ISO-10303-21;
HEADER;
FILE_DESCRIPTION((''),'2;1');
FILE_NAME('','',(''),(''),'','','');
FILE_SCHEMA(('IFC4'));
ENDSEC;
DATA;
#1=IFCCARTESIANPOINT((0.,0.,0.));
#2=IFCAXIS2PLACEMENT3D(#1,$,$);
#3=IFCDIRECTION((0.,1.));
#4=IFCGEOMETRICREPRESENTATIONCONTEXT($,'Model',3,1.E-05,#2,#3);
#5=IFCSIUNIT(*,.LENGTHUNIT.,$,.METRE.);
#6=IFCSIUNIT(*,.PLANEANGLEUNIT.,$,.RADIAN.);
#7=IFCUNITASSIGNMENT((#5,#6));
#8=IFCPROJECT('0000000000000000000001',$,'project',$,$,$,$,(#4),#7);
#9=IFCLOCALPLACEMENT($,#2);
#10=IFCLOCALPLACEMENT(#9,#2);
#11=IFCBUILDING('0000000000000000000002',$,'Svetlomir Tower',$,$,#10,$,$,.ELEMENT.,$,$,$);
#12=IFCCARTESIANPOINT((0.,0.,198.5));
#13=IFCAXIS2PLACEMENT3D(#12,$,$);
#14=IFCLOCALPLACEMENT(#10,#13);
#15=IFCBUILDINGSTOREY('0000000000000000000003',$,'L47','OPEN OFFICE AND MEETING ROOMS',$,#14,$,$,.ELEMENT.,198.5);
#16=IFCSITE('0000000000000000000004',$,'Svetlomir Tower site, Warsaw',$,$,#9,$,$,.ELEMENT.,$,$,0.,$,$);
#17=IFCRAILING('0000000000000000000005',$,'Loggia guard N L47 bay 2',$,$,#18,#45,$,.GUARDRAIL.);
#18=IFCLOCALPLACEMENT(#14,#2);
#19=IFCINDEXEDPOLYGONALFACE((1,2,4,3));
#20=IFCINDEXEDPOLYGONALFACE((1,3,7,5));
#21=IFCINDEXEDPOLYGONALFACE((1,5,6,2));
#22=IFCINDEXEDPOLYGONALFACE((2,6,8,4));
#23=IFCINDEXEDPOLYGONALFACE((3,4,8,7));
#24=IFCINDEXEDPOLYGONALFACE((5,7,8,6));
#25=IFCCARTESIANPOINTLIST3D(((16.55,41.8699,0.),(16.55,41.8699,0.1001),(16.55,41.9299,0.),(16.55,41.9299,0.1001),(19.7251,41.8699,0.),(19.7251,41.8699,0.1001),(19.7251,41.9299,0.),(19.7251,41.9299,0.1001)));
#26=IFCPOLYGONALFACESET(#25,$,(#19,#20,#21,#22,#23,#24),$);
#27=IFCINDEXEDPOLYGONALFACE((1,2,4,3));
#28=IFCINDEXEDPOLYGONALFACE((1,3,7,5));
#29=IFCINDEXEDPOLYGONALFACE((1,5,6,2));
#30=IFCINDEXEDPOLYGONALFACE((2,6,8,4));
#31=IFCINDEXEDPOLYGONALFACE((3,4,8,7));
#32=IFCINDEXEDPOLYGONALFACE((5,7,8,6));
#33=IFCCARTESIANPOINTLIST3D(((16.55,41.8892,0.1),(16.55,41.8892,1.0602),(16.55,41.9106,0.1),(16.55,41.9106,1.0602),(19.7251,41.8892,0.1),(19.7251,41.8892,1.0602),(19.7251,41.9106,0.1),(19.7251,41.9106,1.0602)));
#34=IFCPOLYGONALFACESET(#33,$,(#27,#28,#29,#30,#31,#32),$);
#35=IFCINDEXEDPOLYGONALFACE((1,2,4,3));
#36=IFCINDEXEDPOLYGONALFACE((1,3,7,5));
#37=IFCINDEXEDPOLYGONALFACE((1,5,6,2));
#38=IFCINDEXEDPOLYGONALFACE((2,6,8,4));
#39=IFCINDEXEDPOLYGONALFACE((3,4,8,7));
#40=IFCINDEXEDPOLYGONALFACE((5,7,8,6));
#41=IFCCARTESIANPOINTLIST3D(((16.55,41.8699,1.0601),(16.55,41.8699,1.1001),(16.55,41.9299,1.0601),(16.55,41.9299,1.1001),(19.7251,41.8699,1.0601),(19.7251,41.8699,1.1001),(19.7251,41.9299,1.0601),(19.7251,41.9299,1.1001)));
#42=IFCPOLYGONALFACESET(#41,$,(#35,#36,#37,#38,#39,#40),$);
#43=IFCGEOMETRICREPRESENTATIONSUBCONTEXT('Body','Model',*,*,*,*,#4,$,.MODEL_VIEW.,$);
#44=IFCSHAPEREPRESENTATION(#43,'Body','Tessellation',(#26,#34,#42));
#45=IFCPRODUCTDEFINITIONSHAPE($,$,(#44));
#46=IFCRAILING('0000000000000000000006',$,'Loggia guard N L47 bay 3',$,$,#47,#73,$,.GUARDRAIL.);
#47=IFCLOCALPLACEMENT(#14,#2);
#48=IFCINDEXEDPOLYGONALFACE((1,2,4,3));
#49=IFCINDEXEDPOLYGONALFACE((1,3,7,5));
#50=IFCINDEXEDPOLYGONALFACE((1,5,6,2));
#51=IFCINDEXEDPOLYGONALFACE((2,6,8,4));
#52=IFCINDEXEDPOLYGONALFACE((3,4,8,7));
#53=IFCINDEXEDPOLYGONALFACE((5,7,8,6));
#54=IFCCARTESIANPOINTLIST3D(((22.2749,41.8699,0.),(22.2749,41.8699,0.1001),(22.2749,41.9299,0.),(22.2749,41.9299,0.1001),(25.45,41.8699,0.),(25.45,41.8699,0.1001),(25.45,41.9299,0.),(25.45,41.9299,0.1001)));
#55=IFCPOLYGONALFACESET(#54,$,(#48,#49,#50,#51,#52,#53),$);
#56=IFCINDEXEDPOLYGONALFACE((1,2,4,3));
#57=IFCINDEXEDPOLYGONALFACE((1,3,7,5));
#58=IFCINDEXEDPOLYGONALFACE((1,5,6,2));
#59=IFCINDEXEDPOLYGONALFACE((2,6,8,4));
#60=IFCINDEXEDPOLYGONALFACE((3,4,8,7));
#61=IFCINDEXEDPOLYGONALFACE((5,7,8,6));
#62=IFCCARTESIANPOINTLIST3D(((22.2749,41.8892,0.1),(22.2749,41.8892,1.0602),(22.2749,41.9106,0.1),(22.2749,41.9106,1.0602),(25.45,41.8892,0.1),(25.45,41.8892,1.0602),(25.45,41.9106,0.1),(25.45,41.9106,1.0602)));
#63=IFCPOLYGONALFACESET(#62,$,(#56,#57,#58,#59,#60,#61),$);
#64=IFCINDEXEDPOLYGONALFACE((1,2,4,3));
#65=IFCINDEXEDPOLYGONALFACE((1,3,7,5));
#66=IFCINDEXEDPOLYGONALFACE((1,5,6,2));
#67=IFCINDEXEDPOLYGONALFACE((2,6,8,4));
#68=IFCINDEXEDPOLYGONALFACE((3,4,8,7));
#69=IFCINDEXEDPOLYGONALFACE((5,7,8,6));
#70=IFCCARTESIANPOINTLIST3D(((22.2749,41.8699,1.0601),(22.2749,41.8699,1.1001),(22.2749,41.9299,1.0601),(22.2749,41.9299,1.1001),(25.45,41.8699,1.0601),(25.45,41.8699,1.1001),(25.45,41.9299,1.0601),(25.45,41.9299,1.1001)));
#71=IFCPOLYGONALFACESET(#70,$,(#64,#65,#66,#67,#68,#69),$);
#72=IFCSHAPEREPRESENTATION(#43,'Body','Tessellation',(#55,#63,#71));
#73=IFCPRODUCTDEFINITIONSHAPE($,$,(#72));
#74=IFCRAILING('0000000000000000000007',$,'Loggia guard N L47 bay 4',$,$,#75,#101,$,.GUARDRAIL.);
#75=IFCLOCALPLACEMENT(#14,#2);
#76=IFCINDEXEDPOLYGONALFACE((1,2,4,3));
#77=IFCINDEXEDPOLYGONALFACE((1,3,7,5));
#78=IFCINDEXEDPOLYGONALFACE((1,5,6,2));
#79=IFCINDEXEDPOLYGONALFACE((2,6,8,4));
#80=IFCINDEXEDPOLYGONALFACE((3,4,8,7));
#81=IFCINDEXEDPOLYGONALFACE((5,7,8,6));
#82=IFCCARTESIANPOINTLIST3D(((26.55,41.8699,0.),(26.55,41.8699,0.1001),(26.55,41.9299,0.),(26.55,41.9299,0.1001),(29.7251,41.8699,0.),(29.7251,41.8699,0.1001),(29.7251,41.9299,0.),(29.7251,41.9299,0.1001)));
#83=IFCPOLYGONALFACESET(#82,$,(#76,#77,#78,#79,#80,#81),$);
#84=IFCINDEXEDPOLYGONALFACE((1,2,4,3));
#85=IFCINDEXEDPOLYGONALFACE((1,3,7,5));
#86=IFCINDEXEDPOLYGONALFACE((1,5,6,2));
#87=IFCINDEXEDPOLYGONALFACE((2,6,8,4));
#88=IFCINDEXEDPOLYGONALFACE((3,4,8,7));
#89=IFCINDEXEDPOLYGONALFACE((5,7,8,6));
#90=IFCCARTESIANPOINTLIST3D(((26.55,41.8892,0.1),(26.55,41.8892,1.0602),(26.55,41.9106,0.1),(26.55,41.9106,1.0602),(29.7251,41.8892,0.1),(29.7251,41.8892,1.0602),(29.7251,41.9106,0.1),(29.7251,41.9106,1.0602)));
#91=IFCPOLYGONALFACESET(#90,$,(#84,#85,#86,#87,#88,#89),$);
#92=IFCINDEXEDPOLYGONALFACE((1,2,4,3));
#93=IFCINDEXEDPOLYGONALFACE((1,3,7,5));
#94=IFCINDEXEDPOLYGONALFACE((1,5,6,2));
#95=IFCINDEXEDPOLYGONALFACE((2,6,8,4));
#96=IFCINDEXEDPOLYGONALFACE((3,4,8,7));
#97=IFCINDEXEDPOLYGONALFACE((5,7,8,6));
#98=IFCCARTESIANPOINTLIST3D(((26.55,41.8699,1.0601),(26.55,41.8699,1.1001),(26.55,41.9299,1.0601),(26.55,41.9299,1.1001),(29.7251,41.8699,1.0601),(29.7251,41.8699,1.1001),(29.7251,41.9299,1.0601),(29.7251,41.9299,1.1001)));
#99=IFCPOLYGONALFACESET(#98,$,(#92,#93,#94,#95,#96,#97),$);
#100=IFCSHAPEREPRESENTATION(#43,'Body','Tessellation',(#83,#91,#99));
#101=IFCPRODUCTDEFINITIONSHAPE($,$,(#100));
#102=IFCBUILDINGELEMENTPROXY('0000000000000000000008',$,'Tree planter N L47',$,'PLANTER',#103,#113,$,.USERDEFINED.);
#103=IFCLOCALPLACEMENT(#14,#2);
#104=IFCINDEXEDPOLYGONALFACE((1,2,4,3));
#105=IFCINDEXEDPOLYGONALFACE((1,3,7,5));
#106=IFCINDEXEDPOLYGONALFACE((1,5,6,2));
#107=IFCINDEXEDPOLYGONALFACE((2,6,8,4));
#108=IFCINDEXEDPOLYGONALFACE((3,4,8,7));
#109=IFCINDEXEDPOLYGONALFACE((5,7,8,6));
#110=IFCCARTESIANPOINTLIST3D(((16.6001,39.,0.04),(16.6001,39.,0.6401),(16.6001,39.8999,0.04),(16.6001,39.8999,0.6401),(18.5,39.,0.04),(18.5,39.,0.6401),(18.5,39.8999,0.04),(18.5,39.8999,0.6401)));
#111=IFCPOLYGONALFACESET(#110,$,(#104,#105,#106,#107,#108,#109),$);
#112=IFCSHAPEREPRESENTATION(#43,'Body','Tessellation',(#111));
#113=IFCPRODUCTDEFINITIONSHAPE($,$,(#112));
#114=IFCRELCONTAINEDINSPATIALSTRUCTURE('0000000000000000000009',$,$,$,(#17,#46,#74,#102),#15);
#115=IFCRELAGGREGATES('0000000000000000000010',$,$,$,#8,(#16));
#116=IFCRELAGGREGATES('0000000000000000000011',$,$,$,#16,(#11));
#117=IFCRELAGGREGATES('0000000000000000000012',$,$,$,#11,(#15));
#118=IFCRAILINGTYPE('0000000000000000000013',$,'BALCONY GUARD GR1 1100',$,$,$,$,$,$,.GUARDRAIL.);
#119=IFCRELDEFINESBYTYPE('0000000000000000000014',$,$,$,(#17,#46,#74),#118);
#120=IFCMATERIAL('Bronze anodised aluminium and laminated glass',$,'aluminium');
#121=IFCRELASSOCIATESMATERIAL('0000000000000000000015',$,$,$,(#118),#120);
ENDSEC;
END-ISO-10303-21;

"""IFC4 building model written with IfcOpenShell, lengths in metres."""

from ifc_helpers import new_model, si_unit, direction, frame, origin, origin_2d, place, context, subcontext, project, spatial, rectangle, extrude, material, type_object, element, save


model = new_model("IFC4")

# Units and contexts
model_context = context("Model", 3, precision=1e-05, world=origin(), true_north=direction((0.0, 1.0)))
body_context = subcontext(model_context, "Body", "Model", "MODEL_VIEW")
ifc_project = project(units=[si_unit("LENGTHUNIT", "METRE"), si_unit("PLANEANGLEUNIT", "RADIAN")], contexts=[model_context])

# Site, building, storey
site_placement = place(None, origin())
site = spatial("IfcSite", under=ifc_project, at=site_placement, Name="Svetlomir Tower site, Warsaw", CompositionType="ELEMENT", RefElevation=0.0)
building_placement = place(site_placement, origin())
building = spatial("IfcBuilding", under=site, at=building_placement, Name="Svetlomir Tower", CompositionType="ELEMENT")
storey_placement = place(building_placement, frame((0.0, 0.0, 198.5)))
storey = spatial("IfcBuildingStorey", under=building, at=storey_placement, Name="L47", Description="OPEN OFFICE AND MEETING ROOMS", CompositionType="ELEMENT", Elevation=198.5)

# Railings
ifc_material_1 = material(Name="Bronze anodised aluminium and laminated glass", Category="aluminium")
railing_type = type_object("IfcRailingType", Name="BALCONY GUARD GR1 1100", PredefinedType="GUARDRAIL", material=ifc_material_1)
for number, where, name in (
    (1, (16.55, 41.8999, 0.0), "Loggia guard N L47 bay 2"),
    (2, (22.2749, 41.8999, 0.0), "Loggia guard N L47 bay 3"),
    (3, (26.55, 41.8999, 0.0), "Loggia guard N L47 bay 4"),
):
    element("IfcRailing", number, at=place(storey_placement, frame(where)), inside=storey, type_object=railing_type, Name=name, PredefinedType="GUARDRAIL", context=body_context, shape_type="SweptSolid", body=[
        extrude(rectangle(XDim=0.0601, YDim=0.1001, at=origin_2d()), frame((0.0, 0.0, 0.05), z_axis=(1.0, 0.0, 0.0), x_axis=(0.0, 1.0, 0.0)), (0.0, 0.0, 1.0), 3.175),
        extrude(rectangle(XDim=0.0215, YDim=0.9602, at=origin_2d()), frame((0.0, 0.0, 0.5801), z_axis=(1.0, 0.0, 0.0), x_axis=(0.0, 1.0, 0.0)), (0.0, 0.0, 1.0), 3.175),
        extrude(rectangle(XDim=0.0601, YDim=0.04, at=origin_2d()), frame((0.0, 0.0, 1.0801), z_axis=(1.0, 0.0, 0.0), x_axis=(0.0, 1.0, 0.0)), (0.0, 0.0, 1.0), 3.175),
    ])

# Building element proxy
proxy_placement = place(storey_placement, frame((17.55, 39.45, 0.04), z_axis=(0.0, 0.0, 1.0), x_axis=(1.0, 0.0, 0.0)))
element("IfcBuildingElementProxy", 4, at=proxy_placement, inside=storey, Name="Tree planter N L47", ObjectType="PLANTER", PredefinedType="USERDEFINED", context=body_context, shape_type="SweptSolid", body=[
    extrude(rectangle(XDim=1.8999, YDim=0.8999, at=origin_2d()), origin(), (0.0, 0.0, 1.0), 0.6001),
])

save(model, "model.ifc")
